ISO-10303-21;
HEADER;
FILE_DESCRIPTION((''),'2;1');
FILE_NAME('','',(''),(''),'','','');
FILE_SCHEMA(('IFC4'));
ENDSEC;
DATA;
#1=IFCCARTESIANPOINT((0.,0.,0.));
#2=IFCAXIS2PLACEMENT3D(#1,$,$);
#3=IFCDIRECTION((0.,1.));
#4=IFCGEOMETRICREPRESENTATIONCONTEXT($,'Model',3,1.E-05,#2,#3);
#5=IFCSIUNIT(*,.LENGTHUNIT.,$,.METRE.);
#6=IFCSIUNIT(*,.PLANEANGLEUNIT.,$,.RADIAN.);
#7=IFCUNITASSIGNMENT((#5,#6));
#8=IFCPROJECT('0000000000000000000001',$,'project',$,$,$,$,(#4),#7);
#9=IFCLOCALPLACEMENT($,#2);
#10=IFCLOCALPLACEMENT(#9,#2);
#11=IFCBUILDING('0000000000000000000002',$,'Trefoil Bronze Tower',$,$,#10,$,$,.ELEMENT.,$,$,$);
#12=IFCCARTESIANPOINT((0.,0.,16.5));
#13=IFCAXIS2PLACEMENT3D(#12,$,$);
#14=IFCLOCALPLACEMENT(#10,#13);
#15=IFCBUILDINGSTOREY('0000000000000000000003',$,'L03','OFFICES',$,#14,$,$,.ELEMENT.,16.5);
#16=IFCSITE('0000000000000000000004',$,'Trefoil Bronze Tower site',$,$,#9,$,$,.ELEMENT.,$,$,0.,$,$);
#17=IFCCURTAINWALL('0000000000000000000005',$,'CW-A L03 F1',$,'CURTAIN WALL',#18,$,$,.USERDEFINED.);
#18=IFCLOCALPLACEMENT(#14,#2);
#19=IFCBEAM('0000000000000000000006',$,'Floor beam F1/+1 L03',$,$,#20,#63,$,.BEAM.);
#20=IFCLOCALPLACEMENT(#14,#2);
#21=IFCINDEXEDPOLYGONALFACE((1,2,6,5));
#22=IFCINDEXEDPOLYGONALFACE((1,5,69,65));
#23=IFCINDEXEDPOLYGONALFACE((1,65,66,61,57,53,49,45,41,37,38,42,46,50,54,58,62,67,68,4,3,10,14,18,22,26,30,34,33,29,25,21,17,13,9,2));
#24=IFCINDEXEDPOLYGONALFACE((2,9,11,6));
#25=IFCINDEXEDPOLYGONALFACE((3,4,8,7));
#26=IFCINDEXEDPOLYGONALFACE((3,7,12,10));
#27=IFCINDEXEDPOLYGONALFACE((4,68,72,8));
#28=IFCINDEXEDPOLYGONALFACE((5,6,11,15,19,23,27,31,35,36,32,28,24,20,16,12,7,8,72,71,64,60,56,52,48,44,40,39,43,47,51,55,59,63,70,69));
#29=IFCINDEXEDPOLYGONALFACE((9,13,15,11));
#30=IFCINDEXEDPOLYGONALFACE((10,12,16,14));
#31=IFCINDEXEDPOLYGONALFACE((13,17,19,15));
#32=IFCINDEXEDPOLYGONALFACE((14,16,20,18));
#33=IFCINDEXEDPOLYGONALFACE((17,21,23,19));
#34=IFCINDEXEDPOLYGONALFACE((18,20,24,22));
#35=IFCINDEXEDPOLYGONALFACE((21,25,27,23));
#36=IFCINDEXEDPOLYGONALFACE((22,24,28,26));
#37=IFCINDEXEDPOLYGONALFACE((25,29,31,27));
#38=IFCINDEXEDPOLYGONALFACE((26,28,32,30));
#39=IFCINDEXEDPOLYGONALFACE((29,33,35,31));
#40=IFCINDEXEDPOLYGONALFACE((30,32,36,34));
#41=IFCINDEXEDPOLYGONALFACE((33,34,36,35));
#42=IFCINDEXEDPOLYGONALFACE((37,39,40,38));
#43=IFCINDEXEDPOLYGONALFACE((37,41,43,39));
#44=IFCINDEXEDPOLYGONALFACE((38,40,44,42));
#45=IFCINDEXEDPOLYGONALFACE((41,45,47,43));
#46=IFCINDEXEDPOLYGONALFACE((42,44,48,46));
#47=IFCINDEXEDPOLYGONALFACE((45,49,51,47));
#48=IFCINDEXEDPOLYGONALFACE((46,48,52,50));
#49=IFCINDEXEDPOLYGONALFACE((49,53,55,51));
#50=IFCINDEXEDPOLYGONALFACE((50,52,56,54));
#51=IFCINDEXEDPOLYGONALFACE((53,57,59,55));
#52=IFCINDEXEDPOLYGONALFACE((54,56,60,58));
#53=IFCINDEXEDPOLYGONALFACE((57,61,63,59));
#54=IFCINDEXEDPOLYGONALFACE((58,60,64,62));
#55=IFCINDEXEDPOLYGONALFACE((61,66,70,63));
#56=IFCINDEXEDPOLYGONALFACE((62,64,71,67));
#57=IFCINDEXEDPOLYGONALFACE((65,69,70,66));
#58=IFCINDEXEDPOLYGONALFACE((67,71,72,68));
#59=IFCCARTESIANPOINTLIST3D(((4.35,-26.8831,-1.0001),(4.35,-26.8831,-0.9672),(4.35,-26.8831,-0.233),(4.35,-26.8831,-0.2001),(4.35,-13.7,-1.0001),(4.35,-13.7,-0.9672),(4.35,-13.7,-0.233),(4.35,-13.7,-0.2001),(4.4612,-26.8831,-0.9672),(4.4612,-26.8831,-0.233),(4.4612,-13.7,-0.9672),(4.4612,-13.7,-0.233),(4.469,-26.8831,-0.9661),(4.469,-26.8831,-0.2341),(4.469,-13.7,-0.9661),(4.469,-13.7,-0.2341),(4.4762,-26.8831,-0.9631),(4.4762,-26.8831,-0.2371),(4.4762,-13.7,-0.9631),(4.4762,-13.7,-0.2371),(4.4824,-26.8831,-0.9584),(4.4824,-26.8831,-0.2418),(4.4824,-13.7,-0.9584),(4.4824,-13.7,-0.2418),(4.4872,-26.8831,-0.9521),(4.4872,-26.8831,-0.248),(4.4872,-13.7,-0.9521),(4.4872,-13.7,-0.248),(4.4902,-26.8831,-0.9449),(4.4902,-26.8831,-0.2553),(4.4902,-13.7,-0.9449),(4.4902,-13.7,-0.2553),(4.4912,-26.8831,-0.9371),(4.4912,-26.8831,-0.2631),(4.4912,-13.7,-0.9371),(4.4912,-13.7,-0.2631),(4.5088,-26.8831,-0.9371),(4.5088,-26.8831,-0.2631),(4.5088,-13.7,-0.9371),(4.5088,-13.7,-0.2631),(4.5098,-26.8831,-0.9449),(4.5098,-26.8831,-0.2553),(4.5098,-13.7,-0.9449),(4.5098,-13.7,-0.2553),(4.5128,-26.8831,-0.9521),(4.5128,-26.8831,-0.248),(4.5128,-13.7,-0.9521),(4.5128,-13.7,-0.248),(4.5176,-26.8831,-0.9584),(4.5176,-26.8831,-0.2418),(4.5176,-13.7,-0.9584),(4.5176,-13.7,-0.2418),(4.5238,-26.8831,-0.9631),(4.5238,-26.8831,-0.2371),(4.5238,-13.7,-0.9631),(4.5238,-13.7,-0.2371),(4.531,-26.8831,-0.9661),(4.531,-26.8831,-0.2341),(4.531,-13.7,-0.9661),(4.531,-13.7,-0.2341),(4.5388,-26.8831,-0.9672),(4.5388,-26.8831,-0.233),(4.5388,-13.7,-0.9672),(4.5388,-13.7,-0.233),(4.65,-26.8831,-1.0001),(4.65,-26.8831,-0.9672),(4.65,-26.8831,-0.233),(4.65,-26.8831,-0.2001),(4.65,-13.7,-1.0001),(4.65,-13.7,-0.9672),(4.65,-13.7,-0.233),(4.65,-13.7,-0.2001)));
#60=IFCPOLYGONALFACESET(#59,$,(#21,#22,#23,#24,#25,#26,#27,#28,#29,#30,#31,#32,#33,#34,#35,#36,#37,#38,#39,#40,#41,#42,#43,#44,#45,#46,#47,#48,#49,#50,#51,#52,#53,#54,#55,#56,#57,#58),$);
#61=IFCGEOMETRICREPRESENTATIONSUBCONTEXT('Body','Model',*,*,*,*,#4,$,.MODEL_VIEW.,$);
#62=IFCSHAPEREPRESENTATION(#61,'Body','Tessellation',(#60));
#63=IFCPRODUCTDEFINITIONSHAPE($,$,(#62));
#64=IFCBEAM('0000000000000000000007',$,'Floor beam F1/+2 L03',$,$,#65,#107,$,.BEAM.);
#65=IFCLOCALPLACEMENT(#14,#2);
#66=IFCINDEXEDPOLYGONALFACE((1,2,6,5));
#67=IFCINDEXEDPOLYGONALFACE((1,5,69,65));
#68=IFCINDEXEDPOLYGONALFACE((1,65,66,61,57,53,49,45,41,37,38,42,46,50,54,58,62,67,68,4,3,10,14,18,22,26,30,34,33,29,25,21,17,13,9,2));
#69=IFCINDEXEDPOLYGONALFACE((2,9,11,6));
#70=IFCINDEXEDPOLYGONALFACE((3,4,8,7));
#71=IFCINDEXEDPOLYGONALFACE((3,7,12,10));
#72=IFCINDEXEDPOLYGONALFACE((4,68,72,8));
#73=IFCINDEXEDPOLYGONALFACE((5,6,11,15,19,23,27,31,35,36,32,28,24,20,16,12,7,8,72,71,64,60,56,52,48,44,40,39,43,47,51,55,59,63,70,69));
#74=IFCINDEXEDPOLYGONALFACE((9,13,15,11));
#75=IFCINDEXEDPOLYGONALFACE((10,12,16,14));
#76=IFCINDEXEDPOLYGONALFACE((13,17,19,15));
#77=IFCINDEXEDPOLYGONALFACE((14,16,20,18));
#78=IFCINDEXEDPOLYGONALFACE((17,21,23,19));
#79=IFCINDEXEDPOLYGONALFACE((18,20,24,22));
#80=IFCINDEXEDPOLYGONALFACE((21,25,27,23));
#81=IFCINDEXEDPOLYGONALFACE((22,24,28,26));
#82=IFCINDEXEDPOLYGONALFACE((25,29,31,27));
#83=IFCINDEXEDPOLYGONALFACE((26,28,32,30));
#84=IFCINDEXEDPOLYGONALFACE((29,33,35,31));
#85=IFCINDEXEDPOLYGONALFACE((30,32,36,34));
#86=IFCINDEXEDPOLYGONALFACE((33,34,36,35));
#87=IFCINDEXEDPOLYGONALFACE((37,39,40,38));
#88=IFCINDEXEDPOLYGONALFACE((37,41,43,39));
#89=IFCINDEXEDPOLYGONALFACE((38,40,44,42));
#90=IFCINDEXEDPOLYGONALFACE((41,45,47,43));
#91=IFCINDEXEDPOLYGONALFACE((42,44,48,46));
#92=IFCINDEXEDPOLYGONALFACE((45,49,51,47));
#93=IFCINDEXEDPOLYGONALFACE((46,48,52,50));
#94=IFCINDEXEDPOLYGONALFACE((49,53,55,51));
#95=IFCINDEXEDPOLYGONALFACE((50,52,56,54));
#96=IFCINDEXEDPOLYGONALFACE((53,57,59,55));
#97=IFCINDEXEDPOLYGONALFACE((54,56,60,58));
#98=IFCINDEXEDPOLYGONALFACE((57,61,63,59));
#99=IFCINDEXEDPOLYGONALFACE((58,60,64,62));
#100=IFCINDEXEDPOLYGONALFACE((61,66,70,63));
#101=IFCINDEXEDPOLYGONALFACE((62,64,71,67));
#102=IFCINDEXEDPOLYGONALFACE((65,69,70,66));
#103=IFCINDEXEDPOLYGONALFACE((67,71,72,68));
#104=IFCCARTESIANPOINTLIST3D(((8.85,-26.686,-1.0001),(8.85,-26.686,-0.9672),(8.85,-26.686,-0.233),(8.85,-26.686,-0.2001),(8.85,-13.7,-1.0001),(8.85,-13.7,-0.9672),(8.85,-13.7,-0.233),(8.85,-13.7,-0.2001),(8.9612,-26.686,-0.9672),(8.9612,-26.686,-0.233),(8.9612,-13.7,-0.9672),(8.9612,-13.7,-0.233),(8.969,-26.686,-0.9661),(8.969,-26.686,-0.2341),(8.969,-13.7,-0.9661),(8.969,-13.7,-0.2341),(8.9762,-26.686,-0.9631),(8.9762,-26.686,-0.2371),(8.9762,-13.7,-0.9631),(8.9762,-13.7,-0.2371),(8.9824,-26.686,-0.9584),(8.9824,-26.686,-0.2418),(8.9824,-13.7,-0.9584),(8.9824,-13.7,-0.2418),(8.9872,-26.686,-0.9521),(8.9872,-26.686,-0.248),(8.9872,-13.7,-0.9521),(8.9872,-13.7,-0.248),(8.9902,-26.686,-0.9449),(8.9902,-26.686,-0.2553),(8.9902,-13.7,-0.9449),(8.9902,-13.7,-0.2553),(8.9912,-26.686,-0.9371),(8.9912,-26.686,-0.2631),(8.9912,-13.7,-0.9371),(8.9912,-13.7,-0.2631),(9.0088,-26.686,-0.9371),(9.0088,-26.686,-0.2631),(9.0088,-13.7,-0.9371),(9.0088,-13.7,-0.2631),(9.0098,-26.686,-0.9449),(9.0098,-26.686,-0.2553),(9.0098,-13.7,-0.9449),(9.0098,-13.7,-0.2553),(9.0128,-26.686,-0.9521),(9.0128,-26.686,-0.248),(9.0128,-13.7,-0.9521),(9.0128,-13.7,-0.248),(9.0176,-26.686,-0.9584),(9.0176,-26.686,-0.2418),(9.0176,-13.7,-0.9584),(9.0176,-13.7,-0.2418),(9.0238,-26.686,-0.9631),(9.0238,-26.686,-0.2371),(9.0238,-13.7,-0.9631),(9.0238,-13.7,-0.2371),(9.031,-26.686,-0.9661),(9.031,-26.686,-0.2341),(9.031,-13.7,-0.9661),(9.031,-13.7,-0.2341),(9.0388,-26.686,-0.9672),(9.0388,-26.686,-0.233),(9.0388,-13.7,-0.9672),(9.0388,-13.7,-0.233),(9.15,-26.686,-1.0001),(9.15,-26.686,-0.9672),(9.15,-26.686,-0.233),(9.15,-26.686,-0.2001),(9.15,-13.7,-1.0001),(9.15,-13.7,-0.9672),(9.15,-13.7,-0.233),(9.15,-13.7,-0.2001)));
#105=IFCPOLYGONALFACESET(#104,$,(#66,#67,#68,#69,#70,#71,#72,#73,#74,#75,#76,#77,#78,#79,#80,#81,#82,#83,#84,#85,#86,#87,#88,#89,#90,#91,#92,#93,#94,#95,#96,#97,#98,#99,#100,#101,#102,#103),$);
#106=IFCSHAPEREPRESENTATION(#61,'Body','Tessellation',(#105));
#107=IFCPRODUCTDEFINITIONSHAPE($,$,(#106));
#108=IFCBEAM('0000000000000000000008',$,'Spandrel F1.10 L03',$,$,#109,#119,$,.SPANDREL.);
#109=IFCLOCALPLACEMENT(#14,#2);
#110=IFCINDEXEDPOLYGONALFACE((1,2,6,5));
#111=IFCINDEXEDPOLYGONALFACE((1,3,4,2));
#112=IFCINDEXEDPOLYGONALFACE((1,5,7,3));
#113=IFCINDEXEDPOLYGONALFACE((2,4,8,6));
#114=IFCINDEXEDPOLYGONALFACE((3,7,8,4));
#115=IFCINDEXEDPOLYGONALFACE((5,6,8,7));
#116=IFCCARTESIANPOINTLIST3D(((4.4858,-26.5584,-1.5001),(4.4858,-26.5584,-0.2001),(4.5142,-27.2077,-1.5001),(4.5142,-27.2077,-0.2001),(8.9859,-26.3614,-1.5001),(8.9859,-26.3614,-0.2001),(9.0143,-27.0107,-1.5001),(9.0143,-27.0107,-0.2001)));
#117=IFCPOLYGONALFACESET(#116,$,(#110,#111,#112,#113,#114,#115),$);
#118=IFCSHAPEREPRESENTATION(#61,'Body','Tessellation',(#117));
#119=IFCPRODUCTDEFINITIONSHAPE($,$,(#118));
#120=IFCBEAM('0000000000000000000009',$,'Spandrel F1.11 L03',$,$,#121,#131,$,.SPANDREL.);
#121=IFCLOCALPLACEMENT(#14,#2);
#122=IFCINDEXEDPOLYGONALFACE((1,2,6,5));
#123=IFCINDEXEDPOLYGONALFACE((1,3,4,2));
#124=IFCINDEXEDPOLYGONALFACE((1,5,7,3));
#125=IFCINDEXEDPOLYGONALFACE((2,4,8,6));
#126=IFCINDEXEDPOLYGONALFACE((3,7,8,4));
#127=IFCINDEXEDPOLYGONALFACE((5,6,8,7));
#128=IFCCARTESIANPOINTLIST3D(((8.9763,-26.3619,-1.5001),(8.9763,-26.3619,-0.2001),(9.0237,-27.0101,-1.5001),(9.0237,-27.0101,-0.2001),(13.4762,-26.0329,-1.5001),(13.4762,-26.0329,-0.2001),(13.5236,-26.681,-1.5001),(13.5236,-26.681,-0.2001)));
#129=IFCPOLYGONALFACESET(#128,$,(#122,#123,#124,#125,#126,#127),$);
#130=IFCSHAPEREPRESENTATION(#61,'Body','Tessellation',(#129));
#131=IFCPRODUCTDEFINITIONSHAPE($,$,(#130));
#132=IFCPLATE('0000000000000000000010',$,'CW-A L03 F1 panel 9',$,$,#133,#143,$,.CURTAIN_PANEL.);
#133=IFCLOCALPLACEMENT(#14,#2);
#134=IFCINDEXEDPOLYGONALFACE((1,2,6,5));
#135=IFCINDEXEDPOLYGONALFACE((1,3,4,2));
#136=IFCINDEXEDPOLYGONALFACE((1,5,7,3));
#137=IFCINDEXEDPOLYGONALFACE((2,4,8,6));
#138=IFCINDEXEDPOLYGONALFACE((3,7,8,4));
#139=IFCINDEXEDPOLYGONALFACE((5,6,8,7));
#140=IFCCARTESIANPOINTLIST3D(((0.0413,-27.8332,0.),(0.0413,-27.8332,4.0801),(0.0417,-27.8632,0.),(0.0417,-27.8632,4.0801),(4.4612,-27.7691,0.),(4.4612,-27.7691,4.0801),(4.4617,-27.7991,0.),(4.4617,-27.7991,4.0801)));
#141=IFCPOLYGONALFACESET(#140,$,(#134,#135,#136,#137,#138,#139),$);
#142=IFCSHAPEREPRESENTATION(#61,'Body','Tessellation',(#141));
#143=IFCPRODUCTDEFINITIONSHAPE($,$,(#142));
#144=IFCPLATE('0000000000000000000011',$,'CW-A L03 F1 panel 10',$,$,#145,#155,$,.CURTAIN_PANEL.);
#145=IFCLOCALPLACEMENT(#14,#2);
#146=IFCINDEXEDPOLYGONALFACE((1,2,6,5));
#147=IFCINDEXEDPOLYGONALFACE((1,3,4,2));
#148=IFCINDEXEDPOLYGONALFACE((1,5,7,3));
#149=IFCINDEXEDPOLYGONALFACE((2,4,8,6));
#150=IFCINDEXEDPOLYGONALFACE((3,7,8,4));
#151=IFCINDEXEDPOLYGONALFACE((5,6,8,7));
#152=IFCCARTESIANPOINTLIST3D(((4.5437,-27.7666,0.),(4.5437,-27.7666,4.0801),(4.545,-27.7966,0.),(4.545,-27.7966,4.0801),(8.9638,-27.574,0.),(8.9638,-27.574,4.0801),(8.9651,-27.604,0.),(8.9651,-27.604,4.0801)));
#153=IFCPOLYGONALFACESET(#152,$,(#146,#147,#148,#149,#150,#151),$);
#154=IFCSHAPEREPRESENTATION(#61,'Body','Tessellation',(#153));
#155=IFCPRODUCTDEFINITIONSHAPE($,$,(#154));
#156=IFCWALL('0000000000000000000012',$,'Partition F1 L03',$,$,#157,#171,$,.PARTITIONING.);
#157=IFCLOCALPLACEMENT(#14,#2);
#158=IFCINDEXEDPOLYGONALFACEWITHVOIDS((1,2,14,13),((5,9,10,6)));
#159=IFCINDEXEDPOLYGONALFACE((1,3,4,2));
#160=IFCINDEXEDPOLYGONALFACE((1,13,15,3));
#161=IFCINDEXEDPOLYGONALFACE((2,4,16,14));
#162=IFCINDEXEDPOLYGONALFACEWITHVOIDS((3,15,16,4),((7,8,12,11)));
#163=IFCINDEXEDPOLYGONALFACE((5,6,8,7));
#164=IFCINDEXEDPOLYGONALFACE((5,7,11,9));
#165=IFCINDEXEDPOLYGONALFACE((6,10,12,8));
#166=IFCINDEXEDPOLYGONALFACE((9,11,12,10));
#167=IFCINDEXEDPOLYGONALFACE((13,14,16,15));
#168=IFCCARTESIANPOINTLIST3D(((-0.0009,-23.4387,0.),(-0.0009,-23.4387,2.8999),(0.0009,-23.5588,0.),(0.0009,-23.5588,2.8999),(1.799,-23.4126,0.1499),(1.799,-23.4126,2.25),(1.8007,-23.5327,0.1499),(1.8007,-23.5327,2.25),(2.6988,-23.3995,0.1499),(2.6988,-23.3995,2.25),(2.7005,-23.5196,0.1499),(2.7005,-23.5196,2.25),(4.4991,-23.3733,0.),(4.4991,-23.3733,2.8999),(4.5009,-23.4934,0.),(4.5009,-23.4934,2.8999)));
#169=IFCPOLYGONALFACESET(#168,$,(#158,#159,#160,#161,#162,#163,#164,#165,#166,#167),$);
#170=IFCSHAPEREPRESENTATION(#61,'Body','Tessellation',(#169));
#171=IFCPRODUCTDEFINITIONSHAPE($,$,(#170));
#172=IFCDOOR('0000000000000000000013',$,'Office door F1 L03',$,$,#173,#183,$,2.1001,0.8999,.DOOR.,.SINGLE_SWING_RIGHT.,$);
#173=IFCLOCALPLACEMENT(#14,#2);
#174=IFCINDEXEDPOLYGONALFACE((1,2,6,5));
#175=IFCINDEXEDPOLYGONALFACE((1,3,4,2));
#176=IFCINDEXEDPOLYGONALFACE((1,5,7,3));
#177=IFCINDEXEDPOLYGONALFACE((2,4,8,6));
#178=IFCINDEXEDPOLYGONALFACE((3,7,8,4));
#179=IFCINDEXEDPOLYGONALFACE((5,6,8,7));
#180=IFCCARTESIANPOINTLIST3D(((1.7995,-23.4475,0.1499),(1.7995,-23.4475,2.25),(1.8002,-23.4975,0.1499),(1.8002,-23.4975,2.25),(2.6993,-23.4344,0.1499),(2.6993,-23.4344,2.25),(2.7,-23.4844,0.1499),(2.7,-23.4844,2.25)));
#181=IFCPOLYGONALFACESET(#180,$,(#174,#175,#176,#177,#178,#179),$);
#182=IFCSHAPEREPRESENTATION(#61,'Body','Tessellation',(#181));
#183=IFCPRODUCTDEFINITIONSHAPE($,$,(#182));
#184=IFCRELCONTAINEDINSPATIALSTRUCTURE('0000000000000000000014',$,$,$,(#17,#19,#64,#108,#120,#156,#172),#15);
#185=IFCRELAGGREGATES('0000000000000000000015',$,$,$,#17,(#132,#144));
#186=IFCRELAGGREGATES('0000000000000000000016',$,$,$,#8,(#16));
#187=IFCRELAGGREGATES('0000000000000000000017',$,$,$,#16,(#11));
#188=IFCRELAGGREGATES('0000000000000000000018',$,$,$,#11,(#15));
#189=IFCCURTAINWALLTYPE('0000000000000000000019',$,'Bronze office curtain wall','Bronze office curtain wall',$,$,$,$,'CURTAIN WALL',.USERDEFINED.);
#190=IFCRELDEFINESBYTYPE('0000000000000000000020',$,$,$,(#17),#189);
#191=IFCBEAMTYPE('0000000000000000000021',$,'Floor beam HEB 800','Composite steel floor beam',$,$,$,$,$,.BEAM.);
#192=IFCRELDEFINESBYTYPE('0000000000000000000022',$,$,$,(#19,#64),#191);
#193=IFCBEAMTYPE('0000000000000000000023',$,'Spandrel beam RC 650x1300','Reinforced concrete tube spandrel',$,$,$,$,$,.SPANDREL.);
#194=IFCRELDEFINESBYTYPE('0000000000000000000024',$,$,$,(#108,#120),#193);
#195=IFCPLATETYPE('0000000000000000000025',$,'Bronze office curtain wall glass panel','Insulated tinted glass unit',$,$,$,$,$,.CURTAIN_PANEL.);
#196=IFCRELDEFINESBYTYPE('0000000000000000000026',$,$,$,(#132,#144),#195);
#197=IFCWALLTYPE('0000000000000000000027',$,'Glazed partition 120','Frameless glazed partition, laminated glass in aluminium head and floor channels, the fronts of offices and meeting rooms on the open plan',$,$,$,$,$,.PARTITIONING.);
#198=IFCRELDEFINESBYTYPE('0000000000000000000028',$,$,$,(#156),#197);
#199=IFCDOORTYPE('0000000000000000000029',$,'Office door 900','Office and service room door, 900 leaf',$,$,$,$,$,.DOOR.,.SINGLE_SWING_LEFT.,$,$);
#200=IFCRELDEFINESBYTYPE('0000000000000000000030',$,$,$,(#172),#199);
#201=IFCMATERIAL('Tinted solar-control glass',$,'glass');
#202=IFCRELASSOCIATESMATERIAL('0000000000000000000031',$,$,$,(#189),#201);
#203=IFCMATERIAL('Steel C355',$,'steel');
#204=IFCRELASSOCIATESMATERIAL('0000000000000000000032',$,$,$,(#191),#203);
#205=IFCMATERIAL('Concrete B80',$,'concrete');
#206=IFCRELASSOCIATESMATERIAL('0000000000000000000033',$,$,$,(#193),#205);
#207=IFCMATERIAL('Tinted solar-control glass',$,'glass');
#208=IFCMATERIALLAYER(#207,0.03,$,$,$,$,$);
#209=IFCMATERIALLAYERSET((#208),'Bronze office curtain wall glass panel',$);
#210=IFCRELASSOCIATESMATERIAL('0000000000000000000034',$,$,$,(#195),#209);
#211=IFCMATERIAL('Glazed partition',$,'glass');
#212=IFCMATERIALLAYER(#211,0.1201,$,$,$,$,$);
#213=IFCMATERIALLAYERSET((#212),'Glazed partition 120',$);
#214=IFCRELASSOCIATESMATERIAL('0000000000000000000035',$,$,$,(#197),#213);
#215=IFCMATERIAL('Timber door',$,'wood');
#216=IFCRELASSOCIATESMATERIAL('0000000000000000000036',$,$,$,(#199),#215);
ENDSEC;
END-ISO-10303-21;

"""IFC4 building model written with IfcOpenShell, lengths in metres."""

from ifc_helpers import new_model, si_unit, direction, frame, frame_2d, origin, origin_2d, place, context, subcontext, project, spatial, rectangle, i_section, extrude, material, layer, layer_set, material_profile, profile_set, type_object, element, fill, aggregate, save


model = new_model("IFC4")

# Units and contexts
model_context = context("Model", 3, precision=1e-05, world=origin(), true_north=direction((0.0, 1.0)))
body_context = subcontext(model_context, "Body", "Model", "MODEL_VIEW")
ifc_project = project(units=[si_unit("LENGTHUNIT", "METRE"), si_unit("PLANEANGLEUNIT", "RADIAN")], contexts=[model_context])

# Site, building, storey
site_placement = place(None, origin())
site = spatial("IfcSite", under=ifc_project, at=site_placement, Name="Trefoil Bronze Tower site", CompositionType="ELEMENT", RefElevation=0.0)
building_placement = place(site_placement, origin())
building = spatial("IfcBuilding", under=site, at=building_placement, Name="Trefoil Bronze Tower", CompositionType="ELEMENT")
storey_placement = place(building_placement, frame((0.0, 0.0, 16.5)))
storey = spatial("IfcBuildingStorey", under=building, at=storey_placement, Name="L03", Description="OFFICES", CompositionType="ELEMENT", Elevation=16.5)

# Curtain wall
ifc_material_1 = material(Name="Tinted solar-control glass", Category="glass")
curtain_wall_type = type_object("IfcCurtainWallType", Name="Bronze office curtain wall", Description="Bronze office curtain wall", ElementType="CURTAIN WALL", PredefinedType="USERDEFINED", material=ifc_material_1)
curtain_wall_placement = place(storey_placement, origin())
curtain_wall = element("IfcCurtainWall", 1, at=curtain_wall_placement, inside=storey, type_object=curtain_wall_type, Name="CW-A L03 F1", ObjectType="CURTAIN WALL", PredefinedType="USERDEFINED")

# Beams
ifc_material_2 = material(Name="Steel C355", Category="steel")
ifc_material_profile_1 = material_profile(ifc_material_2, i_section(OverallWidth=0.3, OverallDepth=0.8, WebThickness=0.0176, FlangeThickness=0.033, FilletRadius=0.03, at=origin_2d()), Name="HEB 800")
ifc_profile_set_1 = profile_set([ifc_material_profile_1], Name="Steel C355")
beam_type_1 = type_object("IfcBeamType", Name="Floor beam HEB 800", Description="Composite steel floor beam", PredefinedType="BEAM", material=ifc_profile_set_1)
beam_1_placement = place(storey_placement, frame((4.5, -26.8831, -0.6001), z_axis=(0.0, 1.0, 0.0), x_axis=(-1.0, 0.0, 0.0)))
element("IfcBeam", 2, at=beam_1_placement, inside=storey, type_object=beam_type_1, Name="Floor beam F1/+1 L03", PredefinedType="BEAM", context=body_context, shape_type="SweptSolid", body=[
    extrude(i_section(OverallWidth=0.3, OverallDepth=0.8, WebThickness=0.0176, FlangeThickness=0.033, FilletRadius=0.03, at=origin_2d()), origin(), (0.0, 0.0, 1.0), 13.1831),
])
beam_2_placement = place(storey_placement, frame((9.0, -26.686, -0.6001), z_axis=(0.0, 1.0, 0.0), x_axis=(-1.0, 0.0, 0.0)))
element("IfcBeam", 3, at=beam_2_placement, inside=storey, type_object=beam_type_1, Name="Floor beam F1/+2 L03", PredefinedType="BEAM", context=body_context, shape_type="SweptSolid", body=[
    extrude(i_section(OverallWidth=0.3, OverallDepth=0.8, WebThickness=0.0176, FlangeThickness=0.033, FilletRadius=0.03, at=origin_2d()), origin(), (0.0, 0.0, 1.0), 12.9861),
])
ifc_material_3 = material(Name="Concrete B80", Category="concrete")
ifc_material_profile_2 = material_profile(ifc_material_3, rectangle(XDim=0.6499, YDim=1.3, at=origin_2d()), Name="RC 650x1300")
ifc_profile_set_2 = profile_set([ifc_material_profile_2], Name="Concrete B80")
beam_type_2 = type_object("IfcBeamType", Name="Spandrel beam RC 650x1300", Description="Reinforced concrete tube spandrel", PredefinedType="SPANDREL", material=ifc_profile_set_2)
beam_3_placement = place(storey_placement, frame((4.5, -26.8831, -0.8501), z_axis=(0.999043, 0.043741, 0.0), x_axis=(-0.043741, 0.999043, 0.0)))
element("IfcBeam", 4, at=beam_3_placement, inside=storey, type_object=beam_type_2, Name="Spandrel F1.10 L03", PredefinedType="SPANDREL", context=body_context, shape_type="SweptSolid", body=[
    extrude(rectangle(XDim=0.6499, YDim=1.3, at=origin_2d()), origin(), (0.0, 0.0, 1.0), 4.5044),
])
beam_4_placement = place(storey_placement, frame((9.0, -26.686, -0.8501), z_axis=(0.997336, 0.072939, 0.0), x_axis=(-0.072939, 0.997336, 0.0)))
element("IfcBeam", 5, at=beam_4_placement, inside=storey, type_object=beam_type_2, Name="Spandrel F1.11 L03", PredefinedType="SPANDREL", context=body_context, shape_type="SweptSolid", body=[
    extrude(rectangle(XDim=0.6499, YDim=1.3, at=origin_2d()), origin(), (0.0, 0.0, 1.0), 4.512),
])

# Plates
ifc_material_4 = material(Name="Tinted solar-control glass", Category="glass")
ifc_layer_1 = layer(ifc_material_4, 0.03)
ifc_layer_set_1 = layer_set([ifc_layer_1], Name="Bronze office curtain wall glass panel")
plate_type = type_object("IfcPlateType", Name="Bronze office curtain wall glass panel", Description="Insulated tinted glass unit", PredefinedType="CURTAIN_PANEL", material=ifc_layer_set_1)
plate_1_placement = place(storey_placement, frame((2.2515, -27.8162, 0.0), z_axis=(0.0, 0.0, 1.0), x_axis=(0.999895, 0.014509, 0.0)))
plate_1 = element("IfcPlate", 6, at=plate_1_placement, type_object=plate_type, Name="CW-A L03 F1 panel 9", PredefinedType="CURTAIN_PANEL", context=body_context, shape_type="SweptSolid", body=[
    extrude(rectangle(XDim=4.4204, YDim=0.03, at=origin_2d()), origin(), (0.0, 0.0, 1.0), 4.0801),
])
plate_2_placement = place(storey_placement, frame((6.7544, -27.6853, 0.0), z_axis=(0.0, 0.0, 1.0), x_axis=(0.999052, 0.043528, 0.0)))
plate_2 = element("IfcPlate", 7, at=plate_2_placement, type_object=plate_type, Name="CW-A L03 F1 panel 10", PredefinedType="CURTAIN_PANEL", context=body_context, shape_type="SweptSolid", body=[
    extrude(rectangle(XDim=4.4243, YDim=0.03, at=origin_2d()), origin(), (0.0, 0.0, 1.0), 4.0801),
])
aggregate(curtain_wall, [plate_1, plate_2])

# Wall, opening, door
ifc_material_5 = material(Name="Glazed partition", Category="glass")
ifc_layer_2 = layer(ifc_material_5, 0.1201)
ifc_layer_set_2 = layer_set([ifc_layer_2], Name="Glazed partition 120")
wall_type_1 = type_object("IfcWallType", Name="Glazed partition 120", Description="Frameless glazed partition, laminated glass in aluminium head and floor channels, the fronts of offices and meeting rooms on the open plan", PredefinedType="PARTITIONING", material=ifc_layer_set_2)
wall_1_placement = place(storey_placement, frame((0.0, -23.4988, 0.0), z_axis=(0.0, 0.0, 1.0), x_axis=(0.999894, 0.014538, 0.0)))
wall_1 = element("IfcWall", 8, at=wall_1_placement, inside=storey, type_object=wall_type_1, Name="Partition F1 L03", PredefinedType="PARTITIONING", context=body_context, shape_type="SweptSolid", body=[
    extrude(rectangle(XDim=4.5005, YDim=0.1201, at=frame_2d((2.2502, 0.0))), origin(), (0.0, 0.0, 1.0), 2.8999),
])
opening_1_placement = place(wall_1_placement, frame((1.8, 0.0, 0.1499)))
opening_1 = element("IfcOpeningElement", 9, at=opening_1_placement, cuts=wall_1, PredefinedType="OPENING", context=body_context, shape_type="SweptSolid", body=[
    extrude(rectangle(XDim=0.8999, YDim=2.1001, at=frame_2d((0.45, 1.05))), frame((0.0, 0.0701, 0.0), z_axis=(0.0, -1.0, 0.0), x_axis=(1.0, 0.0, 0.0)), (0.0, 0.0, 1.0), 0.1401),
])
ifc_material_6 = material(Name="Timber door", Category="wood")
door_type = type_object("IfcDoorType", Name="Office door 900", Description="Office and service room door, 900 leaf", OperationType="SINGLE_SWING_LEFT", PredefinedType="DOOR", material=ifc_material_6)
door_1_placement = place(opening_1_placement, frame((0.8999, 0.0, 0.0), z_axis=(0.0, 0.0, 1.0), x_axis=(-1.0, 0.0, 0.0)))
door_1 = element("IfcDoor", 10, at=door_1_placement, inside=storey, type_object=door_type, Name="Office door F1 L03", OperationType="SINGLE_SWING_RIGHT", OverallHeight=2.1001, OverallWidth=0.8999, PredefinedType="DOOR", context=body_context, shape_type="SweptSolid", body=[
    extrude(rectangle(XDim=0.8999, YDim=2.1001, at=frame_2d((0.45, 1.05))), frame((0.0, 0.0249, 0.0), z_axis=(0.0, -1.0, 0.0), x_axis=(1.0, 0.0, 0.0)), (0.0, 0.0, 1.0), 0.05),
])
fill(opening_1, door_1)

save(model, "model.ifc")
